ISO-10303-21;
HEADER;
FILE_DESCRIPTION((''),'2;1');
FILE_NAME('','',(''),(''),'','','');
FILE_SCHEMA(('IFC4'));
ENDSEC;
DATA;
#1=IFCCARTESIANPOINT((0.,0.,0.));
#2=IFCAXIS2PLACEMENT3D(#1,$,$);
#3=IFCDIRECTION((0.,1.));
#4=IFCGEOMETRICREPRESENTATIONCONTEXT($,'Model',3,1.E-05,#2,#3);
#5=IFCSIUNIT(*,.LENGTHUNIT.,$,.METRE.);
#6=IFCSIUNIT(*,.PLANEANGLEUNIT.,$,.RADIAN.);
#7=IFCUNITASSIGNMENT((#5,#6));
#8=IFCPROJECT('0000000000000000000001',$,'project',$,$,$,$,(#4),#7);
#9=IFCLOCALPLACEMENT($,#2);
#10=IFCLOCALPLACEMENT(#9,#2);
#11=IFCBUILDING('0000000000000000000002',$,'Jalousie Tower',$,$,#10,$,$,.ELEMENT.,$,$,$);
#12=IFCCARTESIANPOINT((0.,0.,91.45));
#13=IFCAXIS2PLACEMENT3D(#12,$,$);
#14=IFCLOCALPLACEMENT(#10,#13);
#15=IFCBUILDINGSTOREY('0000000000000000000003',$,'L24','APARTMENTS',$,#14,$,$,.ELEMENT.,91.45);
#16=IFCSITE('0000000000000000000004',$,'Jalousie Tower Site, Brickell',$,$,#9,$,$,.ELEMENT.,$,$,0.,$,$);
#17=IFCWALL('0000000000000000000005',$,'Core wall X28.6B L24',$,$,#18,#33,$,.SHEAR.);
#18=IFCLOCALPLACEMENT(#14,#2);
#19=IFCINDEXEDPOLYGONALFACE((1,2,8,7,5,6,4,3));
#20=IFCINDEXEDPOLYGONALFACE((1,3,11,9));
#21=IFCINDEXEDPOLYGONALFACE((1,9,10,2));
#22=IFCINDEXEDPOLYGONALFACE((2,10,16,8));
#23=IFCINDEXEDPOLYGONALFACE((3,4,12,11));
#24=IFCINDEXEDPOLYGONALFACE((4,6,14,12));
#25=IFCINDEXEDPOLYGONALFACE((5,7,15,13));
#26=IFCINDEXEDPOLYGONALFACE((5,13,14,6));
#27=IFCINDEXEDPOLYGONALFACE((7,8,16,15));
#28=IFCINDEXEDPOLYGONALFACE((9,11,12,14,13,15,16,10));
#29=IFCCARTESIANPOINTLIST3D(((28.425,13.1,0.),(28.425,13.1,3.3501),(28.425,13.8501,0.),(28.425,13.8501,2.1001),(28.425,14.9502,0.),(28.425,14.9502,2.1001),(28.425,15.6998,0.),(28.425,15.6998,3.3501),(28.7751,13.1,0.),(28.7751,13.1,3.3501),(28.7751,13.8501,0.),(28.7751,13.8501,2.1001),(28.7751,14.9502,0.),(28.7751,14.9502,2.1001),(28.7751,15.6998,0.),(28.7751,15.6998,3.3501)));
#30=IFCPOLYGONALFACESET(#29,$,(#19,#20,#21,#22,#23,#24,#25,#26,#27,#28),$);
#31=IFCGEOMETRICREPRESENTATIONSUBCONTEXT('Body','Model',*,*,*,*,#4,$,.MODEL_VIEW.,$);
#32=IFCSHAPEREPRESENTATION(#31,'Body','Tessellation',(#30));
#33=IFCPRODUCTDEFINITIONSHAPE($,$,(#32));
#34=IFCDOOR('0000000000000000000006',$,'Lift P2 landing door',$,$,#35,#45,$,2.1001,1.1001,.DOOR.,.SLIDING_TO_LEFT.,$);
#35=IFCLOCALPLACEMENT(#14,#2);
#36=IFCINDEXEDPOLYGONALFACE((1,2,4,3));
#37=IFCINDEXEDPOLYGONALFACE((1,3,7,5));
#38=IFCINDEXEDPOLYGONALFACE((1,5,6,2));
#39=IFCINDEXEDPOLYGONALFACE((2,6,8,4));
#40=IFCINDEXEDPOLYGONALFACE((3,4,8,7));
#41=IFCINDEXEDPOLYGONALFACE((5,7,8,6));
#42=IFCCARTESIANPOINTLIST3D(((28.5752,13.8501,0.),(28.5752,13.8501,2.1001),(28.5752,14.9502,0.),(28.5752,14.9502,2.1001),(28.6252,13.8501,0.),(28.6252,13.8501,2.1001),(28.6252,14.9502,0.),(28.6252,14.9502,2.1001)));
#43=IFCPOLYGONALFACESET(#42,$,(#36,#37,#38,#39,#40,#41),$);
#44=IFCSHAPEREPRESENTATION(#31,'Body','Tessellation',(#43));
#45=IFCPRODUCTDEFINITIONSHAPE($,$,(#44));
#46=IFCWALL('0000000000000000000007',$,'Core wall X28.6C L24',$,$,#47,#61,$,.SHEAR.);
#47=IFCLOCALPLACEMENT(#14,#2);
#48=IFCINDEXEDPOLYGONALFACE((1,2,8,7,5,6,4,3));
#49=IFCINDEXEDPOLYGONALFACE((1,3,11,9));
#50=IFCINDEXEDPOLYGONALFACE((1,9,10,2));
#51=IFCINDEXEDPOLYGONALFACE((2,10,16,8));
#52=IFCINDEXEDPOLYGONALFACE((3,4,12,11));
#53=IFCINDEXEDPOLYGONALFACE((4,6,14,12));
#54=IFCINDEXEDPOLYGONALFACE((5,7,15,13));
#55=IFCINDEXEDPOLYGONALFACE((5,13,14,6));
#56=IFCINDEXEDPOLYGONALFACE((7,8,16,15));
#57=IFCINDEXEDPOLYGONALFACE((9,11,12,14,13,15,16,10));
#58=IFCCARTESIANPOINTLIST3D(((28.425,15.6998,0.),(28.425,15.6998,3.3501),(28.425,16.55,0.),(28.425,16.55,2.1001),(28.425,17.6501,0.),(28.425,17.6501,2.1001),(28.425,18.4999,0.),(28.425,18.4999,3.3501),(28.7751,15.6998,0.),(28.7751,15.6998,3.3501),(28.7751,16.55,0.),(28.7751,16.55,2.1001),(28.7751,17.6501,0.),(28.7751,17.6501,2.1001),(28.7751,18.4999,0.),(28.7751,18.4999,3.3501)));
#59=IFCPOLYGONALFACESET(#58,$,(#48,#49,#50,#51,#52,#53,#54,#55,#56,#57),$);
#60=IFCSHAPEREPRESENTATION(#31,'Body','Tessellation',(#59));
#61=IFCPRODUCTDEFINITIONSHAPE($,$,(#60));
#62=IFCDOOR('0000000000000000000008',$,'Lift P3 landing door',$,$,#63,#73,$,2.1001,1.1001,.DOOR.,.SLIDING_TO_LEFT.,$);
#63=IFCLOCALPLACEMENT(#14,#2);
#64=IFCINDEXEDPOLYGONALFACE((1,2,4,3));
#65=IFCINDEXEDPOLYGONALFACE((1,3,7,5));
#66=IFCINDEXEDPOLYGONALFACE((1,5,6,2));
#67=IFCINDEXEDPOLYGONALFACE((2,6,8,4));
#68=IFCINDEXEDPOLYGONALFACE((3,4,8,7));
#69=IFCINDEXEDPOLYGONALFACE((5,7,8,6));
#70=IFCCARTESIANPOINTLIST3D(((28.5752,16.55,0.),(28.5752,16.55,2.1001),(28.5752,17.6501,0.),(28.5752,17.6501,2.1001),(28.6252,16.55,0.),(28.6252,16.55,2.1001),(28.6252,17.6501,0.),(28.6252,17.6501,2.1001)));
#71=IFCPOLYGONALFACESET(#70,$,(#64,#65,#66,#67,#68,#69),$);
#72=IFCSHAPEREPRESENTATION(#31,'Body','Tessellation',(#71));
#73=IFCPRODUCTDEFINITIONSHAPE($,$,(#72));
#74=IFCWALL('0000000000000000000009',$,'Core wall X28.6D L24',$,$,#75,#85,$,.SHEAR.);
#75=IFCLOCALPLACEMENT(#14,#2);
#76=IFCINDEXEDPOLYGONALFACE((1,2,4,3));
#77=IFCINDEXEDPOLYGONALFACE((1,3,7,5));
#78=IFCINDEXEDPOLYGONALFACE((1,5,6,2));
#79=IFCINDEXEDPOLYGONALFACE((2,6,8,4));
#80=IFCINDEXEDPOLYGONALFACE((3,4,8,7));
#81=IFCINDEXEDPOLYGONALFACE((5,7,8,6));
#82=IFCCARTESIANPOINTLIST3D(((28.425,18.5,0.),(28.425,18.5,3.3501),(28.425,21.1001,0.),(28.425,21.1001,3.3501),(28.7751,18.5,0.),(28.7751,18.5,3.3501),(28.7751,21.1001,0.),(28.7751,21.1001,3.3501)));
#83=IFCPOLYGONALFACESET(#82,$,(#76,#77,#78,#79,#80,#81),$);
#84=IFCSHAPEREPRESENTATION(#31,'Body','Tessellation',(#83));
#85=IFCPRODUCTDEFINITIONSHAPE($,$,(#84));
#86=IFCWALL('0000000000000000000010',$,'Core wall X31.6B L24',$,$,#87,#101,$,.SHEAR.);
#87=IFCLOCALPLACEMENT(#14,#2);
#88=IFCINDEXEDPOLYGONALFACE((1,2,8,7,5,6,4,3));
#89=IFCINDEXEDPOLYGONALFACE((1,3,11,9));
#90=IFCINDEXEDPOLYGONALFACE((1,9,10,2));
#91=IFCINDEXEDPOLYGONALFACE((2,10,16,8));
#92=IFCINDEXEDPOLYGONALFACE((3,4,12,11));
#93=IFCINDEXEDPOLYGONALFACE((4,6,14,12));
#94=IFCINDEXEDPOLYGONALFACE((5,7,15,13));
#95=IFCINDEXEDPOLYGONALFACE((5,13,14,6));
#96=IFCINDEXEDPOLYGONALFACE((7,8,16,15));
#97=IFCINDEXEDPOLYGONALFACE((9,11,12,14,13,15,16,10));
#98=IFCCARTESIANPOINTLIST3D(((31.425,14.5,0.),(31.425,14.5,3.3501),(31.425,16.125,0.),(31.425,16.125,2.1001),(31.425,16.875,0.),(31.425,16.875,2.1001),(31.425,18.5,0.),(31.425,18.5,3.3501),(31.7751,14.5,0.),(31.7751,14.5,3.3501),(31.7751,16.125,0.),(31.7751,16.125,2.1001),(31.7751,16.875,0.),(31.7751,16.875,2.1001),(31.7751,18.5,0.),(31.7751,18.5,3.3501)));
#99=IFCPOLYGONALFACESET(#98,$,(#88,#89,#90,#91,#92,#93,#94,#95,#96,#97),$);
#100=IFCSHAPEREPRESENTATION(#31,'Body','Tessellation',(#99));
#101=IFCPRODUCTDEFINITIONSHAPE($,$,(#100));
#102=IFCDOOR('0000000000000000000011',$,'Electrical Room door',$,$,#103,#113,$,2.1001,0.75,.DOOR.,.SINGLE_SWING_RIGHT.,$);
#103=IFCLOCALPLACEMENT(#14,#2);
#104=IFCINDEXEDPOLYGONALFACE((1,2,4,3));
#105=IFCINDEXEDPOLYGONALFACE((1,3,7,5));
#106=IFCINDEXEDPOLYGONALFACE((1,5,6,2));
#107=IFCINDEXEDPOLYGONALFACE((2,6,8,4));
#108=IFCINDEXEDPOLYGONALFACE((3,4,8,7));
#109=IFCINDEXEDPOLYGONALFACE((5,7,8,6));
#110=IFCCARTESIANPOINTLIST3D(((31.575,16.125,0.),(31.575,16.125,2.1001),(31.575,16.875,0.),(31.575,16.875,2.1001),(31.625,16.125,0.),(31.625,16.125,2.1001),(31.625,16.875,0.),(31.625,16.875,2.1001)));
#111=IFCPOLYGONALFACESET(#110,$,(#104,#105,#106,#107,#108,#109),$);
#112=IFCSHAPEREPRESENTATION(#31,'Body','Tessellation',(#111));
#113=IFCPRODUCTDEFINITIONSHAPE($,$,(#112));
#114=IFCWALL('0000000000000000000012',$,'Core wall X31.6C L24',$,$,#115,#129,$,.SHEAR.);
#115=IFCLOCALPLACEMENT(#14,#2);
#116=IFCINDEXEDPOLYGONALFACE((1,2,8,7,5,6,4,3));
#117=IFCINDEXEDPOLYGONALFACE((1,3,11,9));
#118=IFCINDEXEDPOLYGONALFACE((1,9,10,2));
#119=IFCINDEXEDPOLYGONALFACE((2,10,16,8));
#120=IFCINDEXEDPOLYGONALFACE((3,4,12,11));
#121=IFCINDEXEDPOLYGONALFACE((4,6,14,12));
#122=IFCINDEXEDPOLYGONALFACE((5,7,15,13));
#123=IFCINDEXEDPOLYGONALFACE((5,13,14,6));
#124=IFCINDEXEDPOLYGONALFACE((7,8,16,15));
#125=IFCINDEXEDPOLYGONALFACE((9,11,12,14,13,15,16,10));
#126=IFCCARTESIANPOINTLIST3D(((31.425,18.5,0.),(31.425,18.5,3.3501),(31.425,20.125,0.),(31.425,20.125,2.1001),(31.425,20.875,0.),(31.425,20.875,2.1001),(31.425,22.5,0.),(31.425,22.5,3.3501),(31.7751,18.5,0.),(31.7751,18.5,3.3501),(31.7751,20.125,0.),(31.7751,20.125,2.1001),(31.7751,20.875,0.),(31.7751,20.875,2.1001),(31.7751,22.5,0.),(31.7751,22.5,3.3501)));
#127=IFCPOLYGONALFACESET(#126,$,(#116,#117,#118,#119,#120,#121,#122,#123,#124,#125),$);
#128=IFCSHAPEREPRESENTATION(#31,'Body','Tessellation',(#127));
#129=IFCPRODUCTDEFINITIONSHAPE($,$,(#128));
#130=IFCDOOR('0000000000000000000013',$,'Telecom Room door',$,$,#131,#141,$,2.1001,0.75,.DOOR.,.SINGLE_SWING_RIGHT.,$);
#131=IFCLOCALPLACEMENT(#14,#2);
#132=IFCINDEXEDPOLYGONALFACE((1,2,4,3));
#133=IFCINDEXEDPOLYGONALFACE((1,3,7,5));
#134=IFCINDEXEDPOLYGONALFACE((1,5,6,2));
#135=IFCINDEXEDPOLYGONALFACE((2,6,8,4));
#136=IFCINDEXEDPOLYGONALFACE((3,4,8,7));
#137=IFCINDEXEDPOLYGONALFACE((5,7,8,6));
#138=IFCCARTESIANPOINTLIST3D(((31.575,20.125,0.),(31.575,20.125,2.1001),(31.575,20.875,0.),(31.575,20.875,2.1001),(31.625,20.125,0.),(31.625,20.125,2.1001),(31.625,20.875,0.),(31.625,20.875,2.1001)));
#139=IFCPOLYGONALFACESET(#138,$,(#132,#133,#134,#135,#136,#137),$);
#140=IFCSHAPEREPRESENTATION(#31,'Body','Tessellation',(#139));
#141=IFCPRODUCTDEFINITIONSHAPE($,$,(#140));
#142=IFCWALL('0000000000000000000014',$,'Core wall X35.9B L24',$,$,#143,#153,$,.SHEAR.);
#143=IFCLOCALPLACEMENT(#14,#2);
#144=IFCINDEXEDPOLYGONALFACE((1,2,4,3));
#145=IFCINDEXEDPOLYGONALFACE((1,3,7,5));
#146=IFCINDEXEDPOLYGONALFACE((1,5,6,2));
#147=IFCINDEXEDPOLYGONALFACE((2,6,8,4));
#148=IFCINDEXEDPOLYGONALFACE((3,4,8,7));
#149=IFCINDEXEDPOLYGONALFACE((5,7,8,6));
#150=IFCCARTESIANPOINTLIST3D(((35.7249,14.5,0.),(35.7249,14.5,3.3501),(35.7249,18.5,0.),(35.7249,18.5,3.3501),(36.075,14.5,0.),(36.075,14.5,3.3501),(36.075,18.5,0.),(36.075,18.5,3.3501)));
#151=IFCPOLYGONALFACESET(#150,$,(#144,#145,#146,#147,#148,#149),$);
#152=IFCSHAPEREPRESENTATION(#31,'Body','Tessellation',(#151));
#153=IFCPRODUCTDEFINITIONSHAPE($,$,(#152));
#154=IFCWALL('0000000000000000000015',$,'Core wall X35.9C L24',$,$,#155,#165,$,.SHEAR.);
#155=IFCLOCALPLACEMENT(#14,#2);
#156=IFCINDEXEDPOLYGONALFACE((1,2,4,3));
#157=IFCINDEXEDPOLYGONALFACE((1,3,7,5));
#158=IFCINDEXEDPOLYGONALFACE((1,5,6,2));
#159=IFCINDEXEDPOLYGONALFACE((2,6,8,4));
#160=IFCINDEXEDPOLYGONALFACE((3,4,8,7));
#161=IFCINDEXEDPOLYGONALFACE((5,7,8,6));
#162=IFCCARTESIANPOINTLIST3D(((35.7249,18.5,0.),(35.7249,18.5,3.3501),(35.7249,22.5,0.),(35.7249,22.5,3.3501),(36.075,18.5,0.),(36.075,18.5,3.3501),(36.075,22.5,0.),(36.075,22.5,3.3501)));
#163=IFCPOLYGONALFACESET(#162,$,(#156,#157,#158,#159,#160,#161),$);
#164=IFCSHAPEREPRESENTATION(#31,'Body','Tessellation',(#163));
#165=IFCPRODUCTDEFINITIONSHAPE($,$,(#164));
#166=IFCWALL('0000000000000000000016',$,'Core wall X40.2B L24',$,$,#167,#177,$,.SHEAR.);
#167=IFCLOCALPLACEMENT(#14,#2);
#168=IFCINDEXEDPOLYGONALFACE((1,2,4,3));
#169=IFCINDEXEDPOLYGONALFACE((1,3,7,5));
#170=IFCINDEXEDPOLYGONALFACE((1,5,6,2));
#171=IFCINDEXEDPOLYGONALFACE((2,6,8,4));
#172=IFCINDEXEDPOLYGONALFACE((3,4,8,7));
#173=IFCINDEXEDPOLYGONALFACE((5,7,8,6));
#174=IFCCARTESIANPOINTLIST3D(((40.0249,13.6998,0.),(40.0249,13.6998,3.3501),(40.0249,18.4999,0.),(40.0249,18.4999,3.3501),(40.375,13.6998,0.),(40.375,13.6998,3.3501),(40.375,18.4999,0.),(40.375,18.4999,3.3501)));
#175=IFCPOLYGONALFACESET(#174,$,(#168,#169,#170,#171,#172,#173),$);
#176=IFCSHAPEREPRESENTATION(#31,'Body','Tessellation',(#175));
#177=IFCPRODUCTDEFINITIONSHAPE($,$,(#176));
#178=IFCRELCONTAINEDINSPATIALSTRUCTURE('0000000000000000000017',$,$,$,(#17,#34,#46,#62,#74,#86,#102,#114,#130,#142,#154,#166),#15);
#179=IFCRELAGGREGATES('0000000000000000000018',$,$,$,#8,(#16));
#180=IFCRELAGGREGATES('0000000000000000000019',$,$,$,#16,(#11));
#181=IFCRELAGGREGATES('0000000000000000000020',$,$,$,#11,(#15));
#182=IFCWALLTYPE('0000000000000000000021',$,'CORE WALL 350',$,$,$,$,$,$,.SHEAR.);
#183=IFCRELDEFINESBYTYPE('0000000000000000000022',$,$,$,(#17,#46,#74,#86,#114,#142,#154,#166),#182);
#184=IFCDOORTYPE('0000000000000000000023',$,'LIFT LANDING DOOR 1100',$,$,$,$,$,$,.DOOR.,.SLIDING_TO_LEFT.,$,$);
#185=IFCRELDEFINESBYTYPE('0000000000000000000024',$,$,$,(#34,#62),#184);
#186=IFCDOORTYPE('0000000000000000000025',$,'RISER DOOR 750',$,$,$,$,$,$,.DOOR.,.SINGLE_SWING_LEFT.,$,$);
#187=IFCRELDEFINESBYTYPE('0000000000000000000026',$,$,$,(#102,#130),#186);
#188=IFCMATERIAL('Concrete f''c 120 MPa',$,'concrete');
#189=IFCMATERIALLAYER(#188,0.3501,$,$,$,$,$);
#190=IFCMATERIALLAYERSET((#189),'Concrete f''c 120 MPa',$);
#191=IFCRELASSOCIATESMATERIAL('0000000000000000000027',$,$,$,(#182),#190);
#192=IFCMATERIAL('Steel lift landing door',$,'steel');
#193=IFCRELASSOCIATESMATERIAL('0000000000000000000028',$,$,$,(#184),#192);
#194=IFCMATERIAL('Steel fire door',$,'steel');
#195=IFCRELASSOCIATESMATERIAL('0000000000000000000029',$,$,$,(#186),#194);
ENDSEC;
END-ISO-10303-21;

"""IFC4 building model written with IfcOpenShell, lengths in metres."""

from ifc_helpers import new_model, si_unit, direction, frame, frame_2d, origin, place, context, subcontext, project, spatial, rectangle, extrude, material, layer, layer_set, type_object, element, fill, save


model = new_model("IFC4")

# Units and contexts
model_context = context("Model", 3, precision=1e-05, world=origin(), true_north=direction((0.0, 1.0)))
body_context = subcontext(model_context, "Body", "Model", "MODEL_VIEW")
ifc_project = project(units=[si_unit("LENGTHUNIT", "METRE"), si_unit("PLANEANGLEUNIT", "RADIAN")], contexts=[model_context])

# Site, building, storey
site_placement = place(None, origin())
site = spatial("IfcSite", under=ifc_project, at=site_placement, Name="Jalousie Tower Site, Brickell", CompositionType="ELEMENT", RefElevation=0.0)
building_placement = place(site_placement, origin())
building = spatial("IfcBuilding", under=site, at=building_placement, Name="Jalousie Tower", CompositionType="ELEMENT")
storey_placement = place(building_placement, frame((0.0, 0.0, 91.45)))
storey = spatial("IfcBuildingStorey", under=building, at=storey_placement, Name="L24", Description="APARTMENTS", CompositionType="ELEMENT", Elevation=91.45)

# Walls, openings, doors
ifc_material_1 = material(Name="Concrete f'c 120 MPa", Category="concrete")
ifc_layer = layer(ifc_material_1, 0.3501)
ifc_layer_set = layer_set([ifc_layer], Name="Concrete f'c 120 MPa")
wall_type = type_object("IfcWallType", Name="CORE WALL 350", PredefinedType="SHEAR", material=ifc_layer_set)
wall_1_placement = place(storey_placement, frame((28.6001, 13.1001, 0.0), z_axis=(0.0, 0.0, 1.0), x_axis=(0.0, 1.0, 0.0)))
wall_1 = element("IfcWall", 1, at=wall_1_placement, inside=storey, type_object=wall_type, Name="Core wall X28.6B L24", PredefinedType="SHEAR", context=body_context, shape_type="SweptSolid", body=[
    extrude(rectangle(XDim=2.5999, YDim=0.3501, at=frame_2d((1.2998, 0.0))), origin(), (0.0, 0.0, 1.0), 3.3501),
])
opening_1_placement = place(wall_1_placement, frame((0.75, 0.0, 0.0)))
opening_1 = element("IfcOpeningElement", 2, at=opening_1_placement, cuts=wall_1, PredefinedType="OPENING", context=body_context, shape_type="SweptSolid", body=[
    extrude(rectangle(XDim=1.1001, YDim=2.1001, at=frame_2d((0.55, 1.05))), frame((0.0, 0.1851, 0.0), z_axis=(0.0, -1.0, 0.0), x_axis=(1.0, 0.0, 0.0)), (0.0, 0.0, 1.0), 0.3701),
])
ifc_material_2 = material(Name="Steel lift landing door", Category="steel")
door_type_1 = type_object("IfcDoorType", Name="LIFT LANDING DOOR 1100", OperationType="SLIDING_TO_LEFT", PredefinedType="DOOR", material=ifc_material_2)
door_1_placement = place(opening_1_placement, origin())
door_1 = element("IfcDoor", 3, at=door_1_placement, inside=storey, type_object=door_type_1, Name="Lift P2 landing door", OperationType="SLIDING_TO_LEFT", OverallHeight=2.1001, OverallWidth=1.1001, PredefinedType="DOOR", context=body_context, shape_type="SweptSolid", body=[
    extrude(rectangle(XDim=1.1001, YDim=2.1001, at=frame_2d((0.55, 1.05))), frame((0.0, 0.0249, 0.0), z_axis=(0.0, -1.0, 0.0), x_axis=(1.0, 0.0, 0.0)), (0.0, 0.0, 1.0), 0.05),
])
fill(opening_1, door_1)
wall_2_placement = place(storey_placement, frame((28.6001, 15.7, 0.0), z_axis=(0.0, 0.0, 1.0), x_axis=(0.0, 1.0, 0.0)))
wall_2 = element("IfcWall", 4, at=wall_2_placement, inside=storey, type_object=wall_type, Name="Core wall X28.6C L24", PredefinedType="SHEAR", context=body_context, shape_type="SweptSolid", body=[
    extrude(rectangle(XDim=2.8, YDim=0.3501, at=frame_2d((1.3999, 0.0))), origin(), (0.0, 0.0, 1.0), 3.3501),
])
opening_2_placement = place(wall_2_placement, frame((0.8501, 0.0, 0.0)))
opening_2 = element("IfcOpeningElement", 5, at=opening_2_placement, cuts=wall_2, PredefinedType="OPENING", context=body_context, shape_type="SweptSolid", body=[
    extrude(rectangle(XDim=1.1001, YDim=2.1001, at=frame_2d((0.55, 1.05))), frame((0.0, 0.1851, 0.0), z_axis=(0.0, -1.0, 0.0), x_axis=(1.0, 0.0, 0.0)), (0.0, 0.0, 1.0), 0.3701),
])
door_2_placement = place(opening_2_placement, origin())
door_2 = element("IfcDoor", 6, at=door_2_placement, inside=storey, type_object=door_type_1, Name="Lift P3 landing door", OperationType="SLIDING_TO_LEFT", OverallHeight=2.1001, OverallWidth=1.1001, PredefinedType="DOOR", context=body_context, shape_type="SweptSolid", body=[
    extrude(rectangle(XDim=1.1001, YDim=2.1001, at=frame_2d((0.55, 1.05))), frame((0.0, 0.0249, 0.0), z_axis=(0.0, -1.0, 0.0), x_axis=(1.0, 0.0, 0.0)), (0.0, 0.0, 1.0), 0.05),
])
fill(opening_2, door_2)

# Wall
wall_3_placement = place(storey_placement, frame((28.6001, 18.5, 0.0), z_axis=(0.0, 0.0, 1.0), x_axis=(0.0, 1.0, 0.0)))
element("IfcWall", 7, at=wall_3_placement, inside=storey, type_object=wall_type, Name="Core wall X28.6D L24", PredefinedType="SHEAR", context=body_context, shape_type="SweptSolid", body=[
    extrude(rectangle(XDim=2.6001, YDim=0.3501, at=frame_2d((1.3, 0.0))), origin(), (0.0, 0.0, 1.0), 3.3501),
])

# Walls, openings, doors
wall_4_placement = place(storey_placement, frame((31.6001, 14.5, 0.0), z_axis=(0.0, 0.0, 1.0), x_axis=(0.0, 1.0, 0.0)))
wall_4 = element("IfcWall", 8, at=wall_4_placement, inside=storey, type_object=wall_type, Name="Core wall X31.6B L24", PredefinedType="SHEAR", context=body_context, shape_type="SweptSolid", body=[
    extrude(rectangle(XDim=4.0, YDim=0.3501, at=frame_2d((2.0, 0.0))), origin(), (0.0, 0.0, 1.0), 3.3501),
])
opening_3_placement = place(wall_4_placement, frame((1.625, 0.0, 0.0)))
opening_3 = element("IfcOpeningElement", 9, at=opening_3_placement, cuts=wall_4, PredefinedType="OPENING", context=body_context, shape_type="SweptSolid", body=[
    extrude(rectangle(XDim=0.75, YDim=2.1001, at=frame_2d((0.375, 1.05))), frame((0.0, 0.1851, 0.0), z_axis=(0.0, -1.0, 0.0), x_axis=(1.0, 0.0, 0.0)), (0.0, 0.0, 1.0), 0.3701),
])
ifc_material_3 = material(Name="Steel fire door", Category="steel")
door_type_2 = type_object("IfcDoorType", Name="RISER DOOR 750", OperationType="SINGLE_SWING_LEFT", PredefinedType="DOOR", material=ifc_material_3)
door_3_placement = place(opening_3_placement, frame((0.75, 0.0, 0.0), z_axis=(0.0, 0.0, 1.0), x_axis=(-1.0, 0.0, 0.0)))
door_3 = element("IfcDoor", 10, at=door_3_placement, inside=storey, type_object=door_type_2, Name="Electrical Room door", OperationType="SINGLE_SWING_RIGHT", OverallHeight=2.1001, OverallWidth=0.75, PredefinedType="DOOR", context=body_context, shape_type="SweptSolid", body=[
    extrude(rectangle(XDim=0.75, YDim=2.1001, at=frame_2d((0.375, 1.05))), frame((0.0, 0.0249, 0.0), z_axis=(0.0, -1.0, 0.0), x_axis=(1.0, 0.0, 0.0)), (0.0, 0.0, 1.0), 0.05),
])
fill(opening_3, door_3)
wall_5_placement = place(storey_placement, frame((31.6001, 18.5, 0.0), z_axis=(0.0, 0.0, 1.0), x_axis=(0.0, 1.0, 0.0)))
wall_5 = element("IfcWall", 11, at=wall_5_placement, inside=storey, type_object=wall_type, Name="Core wall X31.6C L24", PredefinedType="SHEAR", context=body_context, shape_type="SweptSolid", body=[
    extrude(rectangle(XDim=4.0, YDim=0.3501, at=frame_2d((2.0, 0.0))), origin(), (0.0, 0.0, 1.0), 3.3501),
])
opening_4_placement = place(wall_5_placement, frame((1.625, 0.0, 0.0)))
opening_4 = element("IfcOpeningElement", 12, at=opening_4_placement, cuts=wall_5, PredefinedType="OPENING", context=body_context, shape_type="SweptSolid", body=[
    extrude(rectangle(XDim=0.75, YDim=2.1001, at=frame_2d((0.375, 1.05))), frame((0.0, 0.1851, 0.0), z_axis=(0.0, -1.0, 0.0), x_axis=(1.0, 0.0, 0.0)), (0.0, 0.0, 1.0), 0.3701),
])
door_4_placement = place(opening_4_placement, frame((0.75, 0.0, 0.0), z_axis=(0.0, 0.0, 1.0), x_axis=(-1.0, 0.0, 0.0)))
door_4 = element("IfcDoor", 13, at=door_4_placement, inside=storey, type_object=door_type_2, Name="Telecom Room door", OperationType="SINGLE_SWING_RIGHT", OverallHeight=2.1001, OverallWidth=0.75, PredefinedType="DOOR", context=body_context, shape_type="SweptSolid", body=[
    extrude(rectangle(XDim=0.75, YDim=2.1001, at=frame_2d((0.375, 1.05))), frame((0.0, 0.0249, 0.0), z_axis=(0.0, -1.0, 0.0), x_axis=(1.0, 0.0, 0.0)), (0.0, 0.0, 1.0), 0.05),
])
fill(opening_4, door_4)

# Walls
for number, where, z_axis, x_axis, name in (
    (14, (35.8999, 14.5, 0.0), (0.0, 0.0, 1.0), (0.0, 1.0, 0.0), "Core wall X35.9B L24"),
    (15, (35.8999, 18.5, 0.0), (0.0, 0.0, 1.0), (0.0, 1.0, 0.0), "Core wall X35.9C L24"),
):
    element("IfcWall", number, at=place(storey_placement, frame(where, z_axis=z_axis, x_axis=x_axis)), inside=storey, type_object=wall_type, Name=name, PredefinedType="SHEAR", context=body_context, shape_type="SweptSolid", body=[
        extrude(rectangle(XDim=4.0, YDim=0.3501, at=frame_2d((2.0, 0.0))), origin(), (0.0, 0.0, 1.0), 3.3501),
    ])
wall_6_placement = place(storey_placement, frame((40.2, 13.7, 0.0), z_axis=(0.0, 0.0, 1.0), x_axis=(0.0, 1.0, 0.0)))
element("IfcWall", 16, at=wall_6_placement, inside=storey, type_object=wall_type, Name="Core wall X40.2B L24", PredefinedType="SHEAR", context=body_context, shape_type="SweptSolid", body=[
    extrude(rectangle(XDim=4.8, YDim=0.3501, at=frame_2d((2.3999, 0.0))), origin(), (0.0, 0.0, 1.0), 3.3501),
])

save(model, "model.ifc")
